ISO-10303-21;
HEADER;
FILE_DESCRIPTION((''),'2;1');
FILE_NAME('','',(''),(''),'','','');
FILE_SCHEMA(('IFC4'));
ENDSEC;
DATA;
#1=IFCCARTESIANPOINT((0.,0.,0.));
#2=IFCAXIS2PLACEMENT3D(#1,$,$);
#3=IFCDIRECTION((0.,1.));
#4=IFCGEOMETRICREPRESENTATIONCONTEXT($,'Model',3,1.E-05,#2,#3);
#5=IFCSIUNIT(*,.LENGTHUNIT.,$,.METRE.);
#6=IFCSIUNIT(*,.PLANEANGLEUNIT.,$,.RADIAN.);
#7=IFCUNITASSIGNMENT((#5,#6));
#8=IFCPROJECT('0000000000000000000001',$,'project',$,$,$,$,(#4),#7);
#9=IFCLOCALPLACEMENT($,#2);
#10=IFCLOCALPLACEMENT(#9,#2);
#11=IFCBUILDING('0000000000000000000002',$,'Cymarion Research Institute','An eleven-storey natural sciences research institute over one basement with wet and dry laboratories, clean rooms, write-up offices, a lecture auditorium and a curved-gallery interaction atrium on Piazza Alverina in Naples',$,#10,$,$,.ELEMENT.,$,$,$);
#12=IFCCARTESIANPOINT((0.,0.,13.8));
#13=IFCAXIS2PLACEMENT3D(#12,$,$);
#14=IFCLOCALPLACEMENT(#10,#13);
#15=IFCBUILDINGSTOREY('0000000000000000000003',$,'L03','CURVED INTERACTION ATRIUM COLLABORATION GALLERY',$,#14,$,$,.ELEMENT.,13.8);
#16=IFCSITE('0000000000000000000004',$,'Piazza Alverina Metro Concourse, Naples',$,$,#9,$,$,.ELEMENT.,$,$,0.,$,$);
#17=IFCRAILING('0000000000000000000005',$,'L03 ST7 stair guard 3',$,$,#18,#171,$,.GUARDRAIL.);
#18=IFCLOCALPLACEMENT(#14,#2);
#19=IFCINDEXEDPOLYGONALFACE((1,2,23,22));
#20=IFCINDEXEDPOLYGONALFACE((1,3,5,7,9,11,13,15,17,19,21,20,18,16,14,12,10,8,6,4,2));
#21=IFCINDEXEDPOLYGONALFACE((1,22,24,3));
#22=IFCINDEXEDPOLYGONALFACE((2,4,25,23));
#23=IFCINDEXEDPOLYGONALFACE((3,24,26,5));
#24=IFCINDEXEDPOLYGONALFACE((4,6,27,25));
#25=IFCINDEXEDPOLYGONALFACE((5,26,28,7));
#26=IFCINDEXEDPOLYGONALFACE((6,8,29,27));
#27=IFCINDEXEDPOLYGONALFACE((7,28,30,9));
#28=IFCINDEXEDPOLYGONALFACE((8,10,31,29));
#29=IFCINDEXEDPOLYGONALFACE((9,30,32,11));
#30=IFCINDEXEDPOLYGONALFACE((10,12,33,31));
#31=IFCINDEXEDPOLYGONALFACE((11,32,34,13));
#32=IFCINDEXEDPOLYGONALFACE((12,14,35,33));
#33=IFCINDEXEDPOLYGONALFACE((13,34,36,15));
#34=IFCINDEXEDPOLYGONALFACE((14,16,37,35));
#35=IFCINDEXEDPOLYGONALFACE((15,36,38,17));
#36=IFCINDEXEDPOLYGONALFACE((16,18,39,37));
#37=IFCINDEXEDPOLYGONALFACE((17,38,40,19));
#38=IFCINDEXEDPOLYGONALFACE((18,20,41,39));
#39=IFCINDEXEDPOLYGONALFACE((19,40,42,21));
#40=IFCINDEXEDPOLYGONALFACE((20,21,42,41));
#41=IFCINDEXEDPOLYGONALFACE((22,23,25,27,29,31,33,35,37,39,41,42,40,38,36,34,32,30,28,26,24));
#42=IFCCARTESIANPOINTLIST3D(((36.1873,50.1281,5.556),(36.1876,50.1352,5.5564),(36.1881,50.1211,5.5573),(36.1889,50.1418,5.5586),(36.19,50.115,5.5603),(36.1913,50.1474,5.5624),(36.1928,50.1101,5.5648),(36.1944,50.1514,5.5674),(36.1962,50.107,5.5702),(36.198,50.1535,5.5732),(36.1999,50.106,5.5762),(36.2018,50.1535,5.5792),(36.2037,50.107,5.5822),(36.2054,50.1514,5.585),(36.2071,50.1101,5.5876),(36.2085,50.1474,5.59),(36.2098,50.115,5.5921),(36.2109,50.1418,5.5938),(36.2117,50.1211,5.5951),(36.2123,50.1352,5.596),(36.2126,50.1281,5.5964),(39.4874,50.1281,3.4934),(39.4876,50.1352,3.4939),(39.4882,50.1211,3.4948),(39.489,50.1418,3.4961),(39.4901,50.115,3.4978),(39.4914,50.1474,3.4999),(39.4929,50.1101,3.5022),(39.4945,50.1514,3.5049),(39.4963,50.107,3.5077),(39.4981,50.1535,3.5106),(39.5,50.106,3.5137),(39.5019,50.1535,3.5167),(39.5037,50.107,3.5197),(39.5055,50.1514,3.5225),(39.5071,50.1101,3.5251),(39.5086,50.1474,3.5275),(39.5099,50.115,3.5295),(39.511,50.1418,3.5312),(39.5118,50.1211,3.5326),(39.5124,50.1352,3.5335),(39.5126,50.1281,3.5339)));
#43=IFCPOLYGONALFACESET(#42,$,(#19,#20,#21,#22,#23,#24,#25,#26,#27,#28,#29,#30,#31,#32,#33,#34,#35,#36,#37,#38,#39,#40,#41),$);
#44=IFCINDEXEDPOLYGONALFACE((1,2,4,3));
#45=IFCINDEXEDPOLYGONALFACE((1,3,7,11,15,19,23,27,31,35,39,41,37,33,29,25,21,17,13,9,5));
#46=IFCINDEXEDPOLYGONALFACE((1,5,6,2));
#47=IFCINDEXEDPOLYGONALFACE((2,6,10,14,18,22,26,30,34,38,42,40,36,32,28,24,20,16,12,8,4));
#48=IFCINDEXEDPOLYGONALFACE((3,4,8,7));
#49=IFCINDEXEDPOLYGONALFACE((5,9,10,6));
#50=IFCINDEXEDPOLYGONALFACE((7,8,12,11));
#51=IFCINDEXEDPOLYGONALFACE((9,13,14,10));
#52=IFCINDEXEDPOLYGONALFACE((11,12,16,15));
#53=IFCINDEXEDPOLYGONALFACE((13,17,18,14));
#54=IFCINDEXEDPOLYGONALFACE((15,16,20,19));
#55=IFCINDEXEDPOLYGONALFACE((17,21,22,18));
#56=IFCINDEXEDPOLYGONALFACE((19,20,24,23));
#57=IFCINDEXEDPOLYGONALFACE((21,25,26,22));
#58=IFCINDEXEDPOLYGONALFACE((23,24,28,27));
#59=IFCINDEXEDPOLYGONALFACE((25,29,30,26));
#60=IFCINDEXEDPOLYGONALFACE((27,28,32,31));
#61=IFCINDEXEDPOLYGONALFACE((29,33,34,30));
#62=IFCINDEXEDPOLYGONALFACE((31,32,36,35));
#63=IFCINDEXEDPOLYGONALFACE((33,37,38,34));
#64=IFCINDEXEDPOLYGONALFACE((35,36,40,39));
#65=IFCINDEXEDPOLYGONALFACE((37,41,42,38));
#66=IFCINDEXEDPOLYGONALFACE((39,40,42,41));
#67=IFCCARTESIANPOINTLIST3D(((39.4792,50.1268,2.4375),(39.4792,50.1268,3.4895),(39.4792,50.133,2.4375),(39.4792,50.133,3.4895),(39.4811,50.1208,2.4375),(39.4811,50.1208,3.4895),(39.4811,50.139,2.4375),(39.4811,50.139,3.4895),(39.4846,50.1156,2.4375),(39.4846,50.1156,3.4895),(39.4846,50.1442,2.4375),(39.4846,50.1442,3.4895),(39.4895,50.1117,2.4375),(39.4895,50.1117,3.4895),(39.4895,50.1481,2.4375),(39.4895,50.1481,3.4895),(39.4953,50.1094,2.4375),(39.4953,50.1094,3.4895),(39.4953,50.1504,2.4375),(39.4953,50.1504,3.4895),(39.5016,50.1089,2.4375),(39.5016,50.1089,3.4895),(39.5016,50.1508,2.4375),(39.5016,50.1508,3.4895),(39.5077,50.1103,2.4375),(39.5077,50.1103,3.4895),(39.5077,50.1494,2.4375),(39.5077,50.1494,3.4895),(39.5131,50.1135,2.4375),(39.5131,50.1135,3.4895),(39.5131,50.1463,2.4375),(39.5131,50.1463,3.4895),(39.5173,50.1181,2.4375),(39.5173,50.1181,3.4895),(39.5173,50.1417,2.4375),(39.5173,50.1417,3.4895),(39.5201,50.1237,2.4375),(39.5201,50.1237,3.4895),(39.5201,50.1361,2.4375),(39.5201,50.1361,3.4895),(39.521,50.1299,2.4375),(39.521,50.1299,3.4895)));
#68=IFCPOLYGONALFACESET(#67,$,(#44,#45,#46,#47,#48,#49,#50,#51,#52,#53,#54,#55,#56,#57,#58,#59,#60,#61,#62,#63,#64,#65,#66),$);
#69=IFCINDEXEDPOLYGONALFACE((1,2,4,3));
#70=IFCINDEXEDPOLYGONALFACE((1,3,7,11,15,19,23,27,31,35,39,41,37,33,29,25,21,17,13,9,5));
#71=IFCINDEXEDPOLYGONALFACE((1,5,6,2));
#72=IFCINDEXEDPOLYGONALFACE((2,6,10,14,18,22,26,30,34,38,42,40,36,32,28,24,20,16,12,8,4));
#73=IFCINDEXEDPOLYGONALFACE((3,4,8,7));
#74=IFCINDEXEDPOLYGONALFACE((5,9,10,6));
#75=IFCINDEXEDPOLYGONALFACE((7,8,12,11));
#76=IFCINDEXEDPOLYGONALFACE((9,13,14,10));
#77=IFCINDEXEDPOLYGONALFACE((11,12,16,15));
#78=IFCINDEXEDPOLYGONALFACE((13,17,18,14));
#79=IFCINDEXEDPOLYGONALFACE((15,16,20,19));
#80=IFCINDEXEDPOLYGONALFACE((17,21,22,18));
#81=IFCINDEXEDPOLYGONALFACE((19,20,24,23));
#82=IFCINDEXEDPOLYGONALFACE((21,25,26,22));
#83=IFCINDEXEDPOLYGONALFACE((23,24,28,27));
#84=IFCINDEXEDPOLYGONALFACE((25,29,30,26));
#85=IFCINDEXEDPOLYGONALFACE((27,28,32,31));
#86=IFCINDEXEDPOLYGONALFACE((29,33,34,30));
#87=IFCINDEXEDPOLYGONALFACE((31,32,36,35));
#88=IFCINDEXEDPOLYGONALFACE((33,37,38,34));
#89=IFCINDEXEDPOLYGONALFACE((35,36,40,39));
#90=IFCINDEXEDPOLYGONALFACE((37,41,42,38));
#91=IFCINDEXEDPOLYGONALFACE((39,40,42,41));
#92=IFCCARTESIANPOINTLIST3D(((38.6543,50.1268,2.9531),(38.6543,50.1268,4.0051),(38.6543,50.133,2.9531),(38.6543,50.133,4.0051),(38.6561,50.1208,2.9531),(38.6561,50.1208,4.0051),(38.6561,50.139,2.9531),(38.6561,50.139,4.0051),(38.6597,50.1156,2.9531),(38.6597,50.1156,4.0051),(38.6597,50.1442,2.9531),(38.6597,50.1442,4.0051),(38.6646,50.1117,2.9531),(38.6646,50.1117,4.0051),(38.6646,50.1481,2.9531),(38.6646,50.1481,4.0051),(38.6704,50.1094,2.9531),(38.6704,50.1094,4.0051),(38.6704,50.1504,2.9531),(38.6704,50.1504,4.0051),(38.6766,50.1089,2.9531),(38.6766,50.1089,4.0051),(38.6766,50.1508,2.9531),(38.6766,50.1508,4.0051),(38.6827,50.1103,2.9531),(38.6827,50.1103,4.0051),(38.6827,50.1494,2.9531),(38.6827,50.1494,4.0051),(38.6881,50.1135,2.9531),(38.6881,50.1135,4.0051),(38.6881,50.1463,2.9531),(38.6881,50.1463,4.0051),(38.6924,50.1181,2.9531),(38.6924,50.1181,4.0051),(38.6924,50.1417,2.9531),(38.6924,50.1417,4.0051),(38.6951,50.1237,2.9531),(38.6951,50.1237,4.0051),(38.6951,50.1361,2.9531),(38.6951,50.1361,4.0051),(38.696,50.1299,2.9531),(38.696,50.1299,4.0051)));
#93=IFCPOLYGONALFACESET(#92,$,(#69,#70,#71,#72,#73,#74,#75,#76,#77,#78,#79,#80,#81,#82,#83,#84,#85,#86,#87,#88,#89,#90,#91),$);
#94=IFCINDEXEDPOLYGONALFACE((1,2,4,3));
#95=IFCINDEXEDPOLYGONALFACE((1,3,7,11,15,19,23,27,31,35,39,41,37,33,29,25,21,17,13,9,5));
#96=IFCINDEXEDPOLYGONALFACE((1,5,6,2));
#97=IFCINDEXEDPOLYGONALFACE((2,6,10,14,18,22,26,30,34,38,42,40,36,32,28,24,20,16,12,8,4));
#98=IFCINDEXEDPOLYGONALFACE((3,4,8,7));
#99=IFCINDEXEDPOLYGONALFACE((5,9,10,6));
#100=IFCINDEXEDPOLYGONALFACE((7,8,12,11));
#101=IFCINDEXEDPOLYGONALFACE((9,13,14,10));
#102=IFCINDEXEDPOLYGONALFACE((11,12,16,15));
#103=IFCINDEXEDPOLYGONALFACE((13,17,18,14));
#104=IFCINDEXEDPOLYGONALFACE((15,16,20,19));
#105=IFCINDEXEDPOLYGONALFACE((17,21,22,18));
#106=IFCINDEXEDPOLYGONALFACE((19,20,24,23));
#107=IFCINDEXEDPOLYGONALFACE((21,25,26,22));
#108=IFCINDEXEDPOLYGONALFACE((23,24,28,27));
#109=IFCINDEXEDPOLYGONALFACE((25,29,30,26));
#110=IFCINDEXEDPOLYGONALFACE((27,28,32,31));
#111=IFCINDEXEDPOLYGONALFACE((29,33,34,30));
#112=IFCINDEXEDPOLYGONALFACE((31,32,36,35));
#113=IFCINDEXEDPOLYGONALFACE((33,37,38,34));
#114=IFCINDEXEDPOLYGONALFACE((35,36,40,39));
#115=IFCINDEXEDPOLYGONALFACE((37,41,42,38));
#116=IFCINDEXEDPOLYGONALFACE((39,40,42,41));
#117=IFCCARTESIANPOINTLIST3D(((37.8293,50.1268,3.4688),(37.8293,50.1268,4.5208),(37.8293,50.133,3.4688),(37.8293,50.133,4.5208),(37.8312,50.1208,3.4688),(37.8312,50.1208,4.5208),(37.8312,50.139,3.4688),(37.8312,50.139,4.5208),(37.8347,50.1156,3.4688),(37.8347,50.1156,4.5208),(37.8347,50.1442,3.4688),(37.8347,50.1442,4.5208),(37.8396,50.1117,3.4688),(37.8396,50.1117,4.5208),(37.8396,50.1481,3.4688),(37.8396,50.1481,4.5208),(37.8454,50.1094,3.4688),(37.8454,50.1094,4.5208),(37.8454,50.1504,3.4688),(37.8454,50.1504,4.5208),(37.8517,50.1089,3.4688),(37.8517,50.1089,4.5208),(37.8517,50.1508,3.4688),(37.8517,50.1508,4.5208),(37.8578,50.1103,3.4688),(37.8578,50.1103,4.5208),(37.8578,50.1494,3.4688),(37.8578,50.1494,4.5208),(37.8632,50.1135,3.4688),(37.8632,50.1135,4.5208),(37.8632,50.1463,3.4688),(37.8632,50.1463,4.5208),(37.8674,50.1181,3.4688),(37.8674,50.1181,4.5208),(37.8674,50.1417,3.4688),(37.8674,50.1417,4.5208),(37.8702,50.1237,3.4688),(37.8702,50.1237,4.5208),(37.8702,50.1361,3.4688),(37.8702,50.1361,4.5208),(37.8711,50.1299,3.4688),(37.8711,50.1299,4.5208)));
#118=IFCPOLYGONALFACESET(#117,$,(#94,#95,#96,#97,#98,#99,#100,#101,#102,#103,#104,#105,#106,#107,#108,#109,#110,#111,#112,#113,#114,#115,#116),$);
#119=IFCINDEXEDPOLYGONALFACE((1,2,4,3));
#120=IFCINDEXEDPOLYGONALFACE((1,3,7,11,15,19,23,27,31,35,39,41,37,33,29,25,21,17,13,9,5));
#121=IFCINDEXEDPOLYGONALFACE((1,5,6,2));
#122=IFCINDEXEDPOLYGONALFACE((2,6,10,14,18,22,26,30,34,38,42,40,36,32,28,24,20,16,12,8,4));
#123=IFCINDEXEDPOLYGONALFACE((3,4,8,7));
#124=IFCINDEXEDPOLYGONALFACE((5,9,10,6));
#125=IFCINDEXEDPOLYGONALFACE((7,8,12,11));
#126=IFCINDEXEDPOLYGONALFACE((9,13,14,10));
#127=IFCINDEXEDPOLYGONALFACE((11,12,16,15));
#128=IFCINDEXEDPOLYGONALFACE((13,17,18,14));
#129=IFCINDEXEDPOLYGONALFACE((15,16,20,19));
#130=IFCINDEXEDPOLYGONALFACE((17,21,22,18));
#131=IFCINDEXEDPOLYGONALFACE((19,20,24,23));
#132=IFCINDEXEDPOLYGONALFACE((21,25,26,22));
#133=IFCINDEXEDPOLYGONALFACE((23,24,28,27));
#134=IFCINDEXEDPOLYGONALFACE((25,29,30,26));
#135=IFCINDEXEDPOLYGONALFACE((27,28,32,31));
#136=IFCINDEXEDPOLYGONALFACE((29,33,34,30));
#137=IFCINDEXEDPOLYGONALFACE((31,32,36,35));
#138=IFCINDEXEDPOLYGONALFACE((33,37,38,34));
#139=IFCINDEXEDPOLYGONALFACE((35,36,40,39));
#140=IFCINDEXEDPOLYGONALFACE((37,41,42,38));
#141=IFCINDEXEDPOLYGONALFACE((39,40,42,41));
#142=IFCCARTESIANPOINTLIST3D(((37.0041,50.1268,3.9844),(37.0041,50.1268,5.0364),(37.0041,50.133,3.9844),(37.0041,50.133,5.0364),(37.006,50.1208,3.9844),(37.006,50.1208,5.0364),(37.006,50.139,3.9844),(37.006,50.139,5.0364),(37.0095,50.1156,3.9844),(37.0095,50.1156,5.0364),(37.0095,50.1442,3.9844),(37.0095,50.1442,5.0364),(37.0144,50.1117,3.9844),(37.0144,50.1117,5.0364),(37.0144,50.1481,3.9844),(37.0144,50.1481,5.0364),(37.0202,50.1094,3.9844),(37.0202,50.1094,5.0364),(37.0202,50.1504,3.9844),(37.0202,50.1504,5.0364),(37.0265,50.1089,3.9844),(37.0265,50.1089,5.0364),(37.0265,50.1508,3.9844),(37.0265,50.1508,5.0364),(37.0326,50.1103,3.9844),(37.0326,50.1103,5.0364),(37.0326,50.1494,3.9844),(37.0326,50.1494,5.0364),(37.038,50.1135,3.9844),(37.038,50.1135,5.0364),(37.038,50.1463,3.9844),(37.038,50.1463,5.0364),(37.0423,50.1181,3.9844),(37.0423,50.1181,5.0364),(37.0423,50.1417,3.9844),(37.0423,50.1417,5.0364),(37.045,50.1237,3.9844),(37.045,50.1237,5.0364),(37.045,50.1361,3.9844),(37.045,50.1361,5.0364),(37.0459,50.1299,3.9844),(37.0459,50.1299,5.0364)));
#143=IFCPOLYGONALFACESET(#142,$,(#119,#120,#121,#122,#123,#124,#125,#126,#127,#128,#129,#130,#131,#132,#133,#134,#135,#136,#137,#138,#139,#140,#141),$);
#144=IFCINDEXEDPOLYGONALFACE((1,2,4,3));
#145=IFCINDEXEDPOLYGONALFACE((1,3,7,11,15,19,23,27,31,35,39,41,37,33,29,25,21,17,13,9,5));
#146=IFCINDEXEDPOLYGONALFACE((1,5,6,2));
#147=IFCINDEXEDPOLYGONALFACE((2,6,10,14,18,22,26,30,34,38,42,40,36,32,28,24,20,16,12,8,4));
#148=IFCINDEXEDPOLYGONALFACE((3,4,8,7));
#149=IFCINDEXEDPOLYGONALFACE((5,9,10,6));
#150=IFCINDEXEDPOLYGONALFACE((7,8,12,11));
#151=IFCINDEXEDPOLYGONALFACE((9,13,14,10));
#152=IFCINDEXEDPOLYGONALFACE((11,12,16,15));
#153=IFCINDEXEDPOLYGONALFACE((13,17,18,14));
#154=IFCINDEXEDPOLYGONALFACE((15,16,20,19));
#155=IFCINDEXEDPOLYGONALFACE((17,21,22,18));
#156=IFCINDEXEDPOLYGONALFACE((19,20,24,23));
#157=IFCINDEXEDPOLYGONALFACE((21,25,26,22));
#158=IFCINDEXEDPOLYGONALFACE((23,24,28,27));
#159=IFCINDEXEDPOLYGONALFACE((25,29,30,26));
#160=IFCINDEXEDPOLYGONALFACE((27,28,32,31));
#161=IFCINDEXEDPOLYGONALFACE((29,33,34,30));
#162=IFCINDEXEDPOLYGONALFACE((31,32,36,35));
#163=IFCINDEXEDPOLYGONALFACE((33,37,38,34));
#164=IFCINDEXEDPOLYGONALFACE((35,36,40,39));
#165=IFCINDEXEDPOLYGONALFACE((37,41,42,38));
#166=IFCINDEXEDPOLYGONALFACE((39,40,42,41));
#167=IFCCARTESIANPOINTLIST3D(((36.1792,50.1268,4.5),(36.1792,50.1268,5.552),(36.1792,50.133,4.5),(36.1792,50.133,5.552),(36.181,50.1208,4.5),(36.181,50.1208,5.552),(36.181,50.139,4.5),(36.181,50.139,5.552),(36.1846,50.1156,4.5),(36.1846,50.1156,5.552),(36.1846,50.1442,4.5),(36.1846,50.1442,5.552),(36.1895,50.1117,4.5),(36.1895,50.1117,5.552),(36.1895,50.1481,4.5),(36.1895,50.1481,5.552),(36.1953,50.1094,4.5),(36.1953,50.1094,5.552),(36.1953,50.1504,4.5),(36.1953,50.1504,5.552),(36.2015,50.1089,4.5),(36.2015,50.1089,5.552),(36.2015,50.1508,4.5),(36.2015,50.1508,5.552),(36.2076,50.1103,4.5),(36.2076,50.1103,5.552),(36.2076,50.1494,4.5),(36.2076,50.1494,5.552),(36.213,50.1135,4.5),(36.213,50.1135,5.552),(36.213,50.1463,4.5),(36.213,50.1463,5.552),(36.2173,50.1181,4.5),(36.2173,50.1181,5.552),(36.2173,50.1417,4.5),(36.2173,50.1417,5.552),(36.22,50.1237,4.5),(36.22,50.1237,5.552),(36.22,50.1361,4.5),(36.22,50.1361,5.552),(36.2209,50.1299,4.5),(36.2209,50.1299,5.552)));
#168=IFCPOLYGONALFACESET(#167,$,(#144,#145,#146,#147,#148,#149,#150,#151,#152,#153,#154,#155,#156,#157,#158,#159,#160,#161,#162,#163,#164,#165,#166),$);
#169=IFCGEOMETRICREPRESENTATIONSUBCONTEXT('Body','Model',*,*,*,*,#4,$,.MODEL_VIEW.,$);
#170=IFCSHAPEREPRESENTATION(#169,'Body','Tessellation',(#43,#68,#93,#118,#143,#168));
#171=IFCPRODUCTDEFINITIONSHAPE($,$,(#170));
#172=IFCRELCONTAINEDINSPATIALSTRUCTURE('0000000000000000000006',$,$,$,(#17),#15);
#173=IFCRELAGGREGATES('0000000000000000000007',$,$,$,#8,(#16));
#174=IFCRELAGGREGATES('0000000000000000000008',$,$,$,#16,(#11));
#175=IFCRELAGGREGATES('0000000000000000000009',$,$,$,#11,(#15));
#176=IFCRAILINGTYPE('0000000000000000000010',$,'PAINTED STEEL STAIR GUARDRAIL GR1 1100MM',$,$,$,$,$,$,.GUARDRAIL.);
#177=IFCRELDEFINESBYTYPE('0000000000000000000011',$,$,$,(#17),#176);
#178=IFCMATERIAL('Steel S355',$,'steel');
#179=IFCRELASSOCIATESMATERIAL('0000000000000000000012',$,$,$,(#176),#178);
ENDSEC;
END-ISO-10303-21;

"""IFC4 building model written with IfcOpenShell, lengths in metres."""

from ifc_helpers import new_model, si_unit, direction, frame, origin, origin_2d, place, context, subcontext, project, spatial, circle, extrude, material, type_object, element, save


model = new_model("IFC4")

# Units and contexts
model_context = context("Model", 3, precision=1e-05, world=origin(), true_north=direction((0.0, 1.0)))
body_context = subcontext(model_context, "Body", "Model", "MODEL_VIEW")
ifc_project = project(units=[si_unit("LENGTHUNIT", "METRE"), si_unit("PLANEANGLEUNIT", "RADIAN")], contexts=[model_context])

# Site, building, storey
site_placement = place(None, origin())
site = spatial("IfcSite", under=ifc_project, at=site_placement, Name="Piazza Alverina Metro Concourse, Naples", CompositionType="ELEMENT", RefElevation=0.0)
building_placement = place(site_placement, origin())
building = spatial("IfcBuilding", under=site, at=building_placement, Name="Cymarion Research Institute", Description="An eleven-storey natural sciences research institute over one basement with wet and dry laboratories, clean rooms, write-up offices, a lecture auditorium and a curved-gallery interaction atrium on Piazza Alverina in Naples", CompositionType="ELEMENT")
storey_placement = place(building_placement, frame((0.0, 0.0, 13.8)))
storey = spatial("IfcBuildingStorey", under=building, at=storey_placement, Name="L03", Description="CURVED INTERACTION ATRIUM COLLABORATION GALLERY", CompositionType="ELEMENT", Elevation=13.8)

# Shared definitions
ifc_material_1 = material(Name="Steel S355", Category="steel")

# Railing
railing_type_1 = type_object("IfcRailingType", Name="PAINTED STEEL STAIR GUARDRAIL GR1 1100MM", PredefinedType="GUARDRAIL", material=ifc_material_1)
railing_1_placement = place(storey_placement, frame((39.5, 50.1299, 2.4375)))
element("IfcRailing", 1, at=railing_1_placement, inside=storey, type_object=railing_type_1, Name="L03 ST7 stair guard 3", PredefinedType="GUARDRAIL", context=body_context, shape_type="SweptSolid", body=[
    extrude(circle(Radius=0.0239, at=origin_2d()), frame((0.0, 0.0, 1.0762), z_axis=(-0.848002, 0.0, 0.529993), x_axis=(0.0, -1.0, 0.0)), (0.0, 0.0, 1.0), 3.8916),
    extrude(circle(Radius=0.021, at=origin_2d()), origin(), (0.0, 0.0, 1.0), 1.052),
    extrude(circle(Radius=0.021, at=origin_2d()), frame((-0.825, 0.0, 0.5156)), (0.0, 0.0, 1.0), 1.052),
    extrude(circle(Radius=0.021, at=origin_2d()), frame((-1.6499, 0.0, 1.0312)), (0.0, 0.0, 1.0), 1.052),
    extrude(circle(Radius=0.021, at=origin_2d()), frame((-2.4751, 0.0, 1.5469)), (0.0, 0.0, 1.0), 1.052),
    extrude(circle(Radius=0.021, at=origin_2d()), frame((-3.3, 0.0, 2.0625)), (0.0, 0.0, 1.0), 1.052),
])

save(model, "model.ifc")
